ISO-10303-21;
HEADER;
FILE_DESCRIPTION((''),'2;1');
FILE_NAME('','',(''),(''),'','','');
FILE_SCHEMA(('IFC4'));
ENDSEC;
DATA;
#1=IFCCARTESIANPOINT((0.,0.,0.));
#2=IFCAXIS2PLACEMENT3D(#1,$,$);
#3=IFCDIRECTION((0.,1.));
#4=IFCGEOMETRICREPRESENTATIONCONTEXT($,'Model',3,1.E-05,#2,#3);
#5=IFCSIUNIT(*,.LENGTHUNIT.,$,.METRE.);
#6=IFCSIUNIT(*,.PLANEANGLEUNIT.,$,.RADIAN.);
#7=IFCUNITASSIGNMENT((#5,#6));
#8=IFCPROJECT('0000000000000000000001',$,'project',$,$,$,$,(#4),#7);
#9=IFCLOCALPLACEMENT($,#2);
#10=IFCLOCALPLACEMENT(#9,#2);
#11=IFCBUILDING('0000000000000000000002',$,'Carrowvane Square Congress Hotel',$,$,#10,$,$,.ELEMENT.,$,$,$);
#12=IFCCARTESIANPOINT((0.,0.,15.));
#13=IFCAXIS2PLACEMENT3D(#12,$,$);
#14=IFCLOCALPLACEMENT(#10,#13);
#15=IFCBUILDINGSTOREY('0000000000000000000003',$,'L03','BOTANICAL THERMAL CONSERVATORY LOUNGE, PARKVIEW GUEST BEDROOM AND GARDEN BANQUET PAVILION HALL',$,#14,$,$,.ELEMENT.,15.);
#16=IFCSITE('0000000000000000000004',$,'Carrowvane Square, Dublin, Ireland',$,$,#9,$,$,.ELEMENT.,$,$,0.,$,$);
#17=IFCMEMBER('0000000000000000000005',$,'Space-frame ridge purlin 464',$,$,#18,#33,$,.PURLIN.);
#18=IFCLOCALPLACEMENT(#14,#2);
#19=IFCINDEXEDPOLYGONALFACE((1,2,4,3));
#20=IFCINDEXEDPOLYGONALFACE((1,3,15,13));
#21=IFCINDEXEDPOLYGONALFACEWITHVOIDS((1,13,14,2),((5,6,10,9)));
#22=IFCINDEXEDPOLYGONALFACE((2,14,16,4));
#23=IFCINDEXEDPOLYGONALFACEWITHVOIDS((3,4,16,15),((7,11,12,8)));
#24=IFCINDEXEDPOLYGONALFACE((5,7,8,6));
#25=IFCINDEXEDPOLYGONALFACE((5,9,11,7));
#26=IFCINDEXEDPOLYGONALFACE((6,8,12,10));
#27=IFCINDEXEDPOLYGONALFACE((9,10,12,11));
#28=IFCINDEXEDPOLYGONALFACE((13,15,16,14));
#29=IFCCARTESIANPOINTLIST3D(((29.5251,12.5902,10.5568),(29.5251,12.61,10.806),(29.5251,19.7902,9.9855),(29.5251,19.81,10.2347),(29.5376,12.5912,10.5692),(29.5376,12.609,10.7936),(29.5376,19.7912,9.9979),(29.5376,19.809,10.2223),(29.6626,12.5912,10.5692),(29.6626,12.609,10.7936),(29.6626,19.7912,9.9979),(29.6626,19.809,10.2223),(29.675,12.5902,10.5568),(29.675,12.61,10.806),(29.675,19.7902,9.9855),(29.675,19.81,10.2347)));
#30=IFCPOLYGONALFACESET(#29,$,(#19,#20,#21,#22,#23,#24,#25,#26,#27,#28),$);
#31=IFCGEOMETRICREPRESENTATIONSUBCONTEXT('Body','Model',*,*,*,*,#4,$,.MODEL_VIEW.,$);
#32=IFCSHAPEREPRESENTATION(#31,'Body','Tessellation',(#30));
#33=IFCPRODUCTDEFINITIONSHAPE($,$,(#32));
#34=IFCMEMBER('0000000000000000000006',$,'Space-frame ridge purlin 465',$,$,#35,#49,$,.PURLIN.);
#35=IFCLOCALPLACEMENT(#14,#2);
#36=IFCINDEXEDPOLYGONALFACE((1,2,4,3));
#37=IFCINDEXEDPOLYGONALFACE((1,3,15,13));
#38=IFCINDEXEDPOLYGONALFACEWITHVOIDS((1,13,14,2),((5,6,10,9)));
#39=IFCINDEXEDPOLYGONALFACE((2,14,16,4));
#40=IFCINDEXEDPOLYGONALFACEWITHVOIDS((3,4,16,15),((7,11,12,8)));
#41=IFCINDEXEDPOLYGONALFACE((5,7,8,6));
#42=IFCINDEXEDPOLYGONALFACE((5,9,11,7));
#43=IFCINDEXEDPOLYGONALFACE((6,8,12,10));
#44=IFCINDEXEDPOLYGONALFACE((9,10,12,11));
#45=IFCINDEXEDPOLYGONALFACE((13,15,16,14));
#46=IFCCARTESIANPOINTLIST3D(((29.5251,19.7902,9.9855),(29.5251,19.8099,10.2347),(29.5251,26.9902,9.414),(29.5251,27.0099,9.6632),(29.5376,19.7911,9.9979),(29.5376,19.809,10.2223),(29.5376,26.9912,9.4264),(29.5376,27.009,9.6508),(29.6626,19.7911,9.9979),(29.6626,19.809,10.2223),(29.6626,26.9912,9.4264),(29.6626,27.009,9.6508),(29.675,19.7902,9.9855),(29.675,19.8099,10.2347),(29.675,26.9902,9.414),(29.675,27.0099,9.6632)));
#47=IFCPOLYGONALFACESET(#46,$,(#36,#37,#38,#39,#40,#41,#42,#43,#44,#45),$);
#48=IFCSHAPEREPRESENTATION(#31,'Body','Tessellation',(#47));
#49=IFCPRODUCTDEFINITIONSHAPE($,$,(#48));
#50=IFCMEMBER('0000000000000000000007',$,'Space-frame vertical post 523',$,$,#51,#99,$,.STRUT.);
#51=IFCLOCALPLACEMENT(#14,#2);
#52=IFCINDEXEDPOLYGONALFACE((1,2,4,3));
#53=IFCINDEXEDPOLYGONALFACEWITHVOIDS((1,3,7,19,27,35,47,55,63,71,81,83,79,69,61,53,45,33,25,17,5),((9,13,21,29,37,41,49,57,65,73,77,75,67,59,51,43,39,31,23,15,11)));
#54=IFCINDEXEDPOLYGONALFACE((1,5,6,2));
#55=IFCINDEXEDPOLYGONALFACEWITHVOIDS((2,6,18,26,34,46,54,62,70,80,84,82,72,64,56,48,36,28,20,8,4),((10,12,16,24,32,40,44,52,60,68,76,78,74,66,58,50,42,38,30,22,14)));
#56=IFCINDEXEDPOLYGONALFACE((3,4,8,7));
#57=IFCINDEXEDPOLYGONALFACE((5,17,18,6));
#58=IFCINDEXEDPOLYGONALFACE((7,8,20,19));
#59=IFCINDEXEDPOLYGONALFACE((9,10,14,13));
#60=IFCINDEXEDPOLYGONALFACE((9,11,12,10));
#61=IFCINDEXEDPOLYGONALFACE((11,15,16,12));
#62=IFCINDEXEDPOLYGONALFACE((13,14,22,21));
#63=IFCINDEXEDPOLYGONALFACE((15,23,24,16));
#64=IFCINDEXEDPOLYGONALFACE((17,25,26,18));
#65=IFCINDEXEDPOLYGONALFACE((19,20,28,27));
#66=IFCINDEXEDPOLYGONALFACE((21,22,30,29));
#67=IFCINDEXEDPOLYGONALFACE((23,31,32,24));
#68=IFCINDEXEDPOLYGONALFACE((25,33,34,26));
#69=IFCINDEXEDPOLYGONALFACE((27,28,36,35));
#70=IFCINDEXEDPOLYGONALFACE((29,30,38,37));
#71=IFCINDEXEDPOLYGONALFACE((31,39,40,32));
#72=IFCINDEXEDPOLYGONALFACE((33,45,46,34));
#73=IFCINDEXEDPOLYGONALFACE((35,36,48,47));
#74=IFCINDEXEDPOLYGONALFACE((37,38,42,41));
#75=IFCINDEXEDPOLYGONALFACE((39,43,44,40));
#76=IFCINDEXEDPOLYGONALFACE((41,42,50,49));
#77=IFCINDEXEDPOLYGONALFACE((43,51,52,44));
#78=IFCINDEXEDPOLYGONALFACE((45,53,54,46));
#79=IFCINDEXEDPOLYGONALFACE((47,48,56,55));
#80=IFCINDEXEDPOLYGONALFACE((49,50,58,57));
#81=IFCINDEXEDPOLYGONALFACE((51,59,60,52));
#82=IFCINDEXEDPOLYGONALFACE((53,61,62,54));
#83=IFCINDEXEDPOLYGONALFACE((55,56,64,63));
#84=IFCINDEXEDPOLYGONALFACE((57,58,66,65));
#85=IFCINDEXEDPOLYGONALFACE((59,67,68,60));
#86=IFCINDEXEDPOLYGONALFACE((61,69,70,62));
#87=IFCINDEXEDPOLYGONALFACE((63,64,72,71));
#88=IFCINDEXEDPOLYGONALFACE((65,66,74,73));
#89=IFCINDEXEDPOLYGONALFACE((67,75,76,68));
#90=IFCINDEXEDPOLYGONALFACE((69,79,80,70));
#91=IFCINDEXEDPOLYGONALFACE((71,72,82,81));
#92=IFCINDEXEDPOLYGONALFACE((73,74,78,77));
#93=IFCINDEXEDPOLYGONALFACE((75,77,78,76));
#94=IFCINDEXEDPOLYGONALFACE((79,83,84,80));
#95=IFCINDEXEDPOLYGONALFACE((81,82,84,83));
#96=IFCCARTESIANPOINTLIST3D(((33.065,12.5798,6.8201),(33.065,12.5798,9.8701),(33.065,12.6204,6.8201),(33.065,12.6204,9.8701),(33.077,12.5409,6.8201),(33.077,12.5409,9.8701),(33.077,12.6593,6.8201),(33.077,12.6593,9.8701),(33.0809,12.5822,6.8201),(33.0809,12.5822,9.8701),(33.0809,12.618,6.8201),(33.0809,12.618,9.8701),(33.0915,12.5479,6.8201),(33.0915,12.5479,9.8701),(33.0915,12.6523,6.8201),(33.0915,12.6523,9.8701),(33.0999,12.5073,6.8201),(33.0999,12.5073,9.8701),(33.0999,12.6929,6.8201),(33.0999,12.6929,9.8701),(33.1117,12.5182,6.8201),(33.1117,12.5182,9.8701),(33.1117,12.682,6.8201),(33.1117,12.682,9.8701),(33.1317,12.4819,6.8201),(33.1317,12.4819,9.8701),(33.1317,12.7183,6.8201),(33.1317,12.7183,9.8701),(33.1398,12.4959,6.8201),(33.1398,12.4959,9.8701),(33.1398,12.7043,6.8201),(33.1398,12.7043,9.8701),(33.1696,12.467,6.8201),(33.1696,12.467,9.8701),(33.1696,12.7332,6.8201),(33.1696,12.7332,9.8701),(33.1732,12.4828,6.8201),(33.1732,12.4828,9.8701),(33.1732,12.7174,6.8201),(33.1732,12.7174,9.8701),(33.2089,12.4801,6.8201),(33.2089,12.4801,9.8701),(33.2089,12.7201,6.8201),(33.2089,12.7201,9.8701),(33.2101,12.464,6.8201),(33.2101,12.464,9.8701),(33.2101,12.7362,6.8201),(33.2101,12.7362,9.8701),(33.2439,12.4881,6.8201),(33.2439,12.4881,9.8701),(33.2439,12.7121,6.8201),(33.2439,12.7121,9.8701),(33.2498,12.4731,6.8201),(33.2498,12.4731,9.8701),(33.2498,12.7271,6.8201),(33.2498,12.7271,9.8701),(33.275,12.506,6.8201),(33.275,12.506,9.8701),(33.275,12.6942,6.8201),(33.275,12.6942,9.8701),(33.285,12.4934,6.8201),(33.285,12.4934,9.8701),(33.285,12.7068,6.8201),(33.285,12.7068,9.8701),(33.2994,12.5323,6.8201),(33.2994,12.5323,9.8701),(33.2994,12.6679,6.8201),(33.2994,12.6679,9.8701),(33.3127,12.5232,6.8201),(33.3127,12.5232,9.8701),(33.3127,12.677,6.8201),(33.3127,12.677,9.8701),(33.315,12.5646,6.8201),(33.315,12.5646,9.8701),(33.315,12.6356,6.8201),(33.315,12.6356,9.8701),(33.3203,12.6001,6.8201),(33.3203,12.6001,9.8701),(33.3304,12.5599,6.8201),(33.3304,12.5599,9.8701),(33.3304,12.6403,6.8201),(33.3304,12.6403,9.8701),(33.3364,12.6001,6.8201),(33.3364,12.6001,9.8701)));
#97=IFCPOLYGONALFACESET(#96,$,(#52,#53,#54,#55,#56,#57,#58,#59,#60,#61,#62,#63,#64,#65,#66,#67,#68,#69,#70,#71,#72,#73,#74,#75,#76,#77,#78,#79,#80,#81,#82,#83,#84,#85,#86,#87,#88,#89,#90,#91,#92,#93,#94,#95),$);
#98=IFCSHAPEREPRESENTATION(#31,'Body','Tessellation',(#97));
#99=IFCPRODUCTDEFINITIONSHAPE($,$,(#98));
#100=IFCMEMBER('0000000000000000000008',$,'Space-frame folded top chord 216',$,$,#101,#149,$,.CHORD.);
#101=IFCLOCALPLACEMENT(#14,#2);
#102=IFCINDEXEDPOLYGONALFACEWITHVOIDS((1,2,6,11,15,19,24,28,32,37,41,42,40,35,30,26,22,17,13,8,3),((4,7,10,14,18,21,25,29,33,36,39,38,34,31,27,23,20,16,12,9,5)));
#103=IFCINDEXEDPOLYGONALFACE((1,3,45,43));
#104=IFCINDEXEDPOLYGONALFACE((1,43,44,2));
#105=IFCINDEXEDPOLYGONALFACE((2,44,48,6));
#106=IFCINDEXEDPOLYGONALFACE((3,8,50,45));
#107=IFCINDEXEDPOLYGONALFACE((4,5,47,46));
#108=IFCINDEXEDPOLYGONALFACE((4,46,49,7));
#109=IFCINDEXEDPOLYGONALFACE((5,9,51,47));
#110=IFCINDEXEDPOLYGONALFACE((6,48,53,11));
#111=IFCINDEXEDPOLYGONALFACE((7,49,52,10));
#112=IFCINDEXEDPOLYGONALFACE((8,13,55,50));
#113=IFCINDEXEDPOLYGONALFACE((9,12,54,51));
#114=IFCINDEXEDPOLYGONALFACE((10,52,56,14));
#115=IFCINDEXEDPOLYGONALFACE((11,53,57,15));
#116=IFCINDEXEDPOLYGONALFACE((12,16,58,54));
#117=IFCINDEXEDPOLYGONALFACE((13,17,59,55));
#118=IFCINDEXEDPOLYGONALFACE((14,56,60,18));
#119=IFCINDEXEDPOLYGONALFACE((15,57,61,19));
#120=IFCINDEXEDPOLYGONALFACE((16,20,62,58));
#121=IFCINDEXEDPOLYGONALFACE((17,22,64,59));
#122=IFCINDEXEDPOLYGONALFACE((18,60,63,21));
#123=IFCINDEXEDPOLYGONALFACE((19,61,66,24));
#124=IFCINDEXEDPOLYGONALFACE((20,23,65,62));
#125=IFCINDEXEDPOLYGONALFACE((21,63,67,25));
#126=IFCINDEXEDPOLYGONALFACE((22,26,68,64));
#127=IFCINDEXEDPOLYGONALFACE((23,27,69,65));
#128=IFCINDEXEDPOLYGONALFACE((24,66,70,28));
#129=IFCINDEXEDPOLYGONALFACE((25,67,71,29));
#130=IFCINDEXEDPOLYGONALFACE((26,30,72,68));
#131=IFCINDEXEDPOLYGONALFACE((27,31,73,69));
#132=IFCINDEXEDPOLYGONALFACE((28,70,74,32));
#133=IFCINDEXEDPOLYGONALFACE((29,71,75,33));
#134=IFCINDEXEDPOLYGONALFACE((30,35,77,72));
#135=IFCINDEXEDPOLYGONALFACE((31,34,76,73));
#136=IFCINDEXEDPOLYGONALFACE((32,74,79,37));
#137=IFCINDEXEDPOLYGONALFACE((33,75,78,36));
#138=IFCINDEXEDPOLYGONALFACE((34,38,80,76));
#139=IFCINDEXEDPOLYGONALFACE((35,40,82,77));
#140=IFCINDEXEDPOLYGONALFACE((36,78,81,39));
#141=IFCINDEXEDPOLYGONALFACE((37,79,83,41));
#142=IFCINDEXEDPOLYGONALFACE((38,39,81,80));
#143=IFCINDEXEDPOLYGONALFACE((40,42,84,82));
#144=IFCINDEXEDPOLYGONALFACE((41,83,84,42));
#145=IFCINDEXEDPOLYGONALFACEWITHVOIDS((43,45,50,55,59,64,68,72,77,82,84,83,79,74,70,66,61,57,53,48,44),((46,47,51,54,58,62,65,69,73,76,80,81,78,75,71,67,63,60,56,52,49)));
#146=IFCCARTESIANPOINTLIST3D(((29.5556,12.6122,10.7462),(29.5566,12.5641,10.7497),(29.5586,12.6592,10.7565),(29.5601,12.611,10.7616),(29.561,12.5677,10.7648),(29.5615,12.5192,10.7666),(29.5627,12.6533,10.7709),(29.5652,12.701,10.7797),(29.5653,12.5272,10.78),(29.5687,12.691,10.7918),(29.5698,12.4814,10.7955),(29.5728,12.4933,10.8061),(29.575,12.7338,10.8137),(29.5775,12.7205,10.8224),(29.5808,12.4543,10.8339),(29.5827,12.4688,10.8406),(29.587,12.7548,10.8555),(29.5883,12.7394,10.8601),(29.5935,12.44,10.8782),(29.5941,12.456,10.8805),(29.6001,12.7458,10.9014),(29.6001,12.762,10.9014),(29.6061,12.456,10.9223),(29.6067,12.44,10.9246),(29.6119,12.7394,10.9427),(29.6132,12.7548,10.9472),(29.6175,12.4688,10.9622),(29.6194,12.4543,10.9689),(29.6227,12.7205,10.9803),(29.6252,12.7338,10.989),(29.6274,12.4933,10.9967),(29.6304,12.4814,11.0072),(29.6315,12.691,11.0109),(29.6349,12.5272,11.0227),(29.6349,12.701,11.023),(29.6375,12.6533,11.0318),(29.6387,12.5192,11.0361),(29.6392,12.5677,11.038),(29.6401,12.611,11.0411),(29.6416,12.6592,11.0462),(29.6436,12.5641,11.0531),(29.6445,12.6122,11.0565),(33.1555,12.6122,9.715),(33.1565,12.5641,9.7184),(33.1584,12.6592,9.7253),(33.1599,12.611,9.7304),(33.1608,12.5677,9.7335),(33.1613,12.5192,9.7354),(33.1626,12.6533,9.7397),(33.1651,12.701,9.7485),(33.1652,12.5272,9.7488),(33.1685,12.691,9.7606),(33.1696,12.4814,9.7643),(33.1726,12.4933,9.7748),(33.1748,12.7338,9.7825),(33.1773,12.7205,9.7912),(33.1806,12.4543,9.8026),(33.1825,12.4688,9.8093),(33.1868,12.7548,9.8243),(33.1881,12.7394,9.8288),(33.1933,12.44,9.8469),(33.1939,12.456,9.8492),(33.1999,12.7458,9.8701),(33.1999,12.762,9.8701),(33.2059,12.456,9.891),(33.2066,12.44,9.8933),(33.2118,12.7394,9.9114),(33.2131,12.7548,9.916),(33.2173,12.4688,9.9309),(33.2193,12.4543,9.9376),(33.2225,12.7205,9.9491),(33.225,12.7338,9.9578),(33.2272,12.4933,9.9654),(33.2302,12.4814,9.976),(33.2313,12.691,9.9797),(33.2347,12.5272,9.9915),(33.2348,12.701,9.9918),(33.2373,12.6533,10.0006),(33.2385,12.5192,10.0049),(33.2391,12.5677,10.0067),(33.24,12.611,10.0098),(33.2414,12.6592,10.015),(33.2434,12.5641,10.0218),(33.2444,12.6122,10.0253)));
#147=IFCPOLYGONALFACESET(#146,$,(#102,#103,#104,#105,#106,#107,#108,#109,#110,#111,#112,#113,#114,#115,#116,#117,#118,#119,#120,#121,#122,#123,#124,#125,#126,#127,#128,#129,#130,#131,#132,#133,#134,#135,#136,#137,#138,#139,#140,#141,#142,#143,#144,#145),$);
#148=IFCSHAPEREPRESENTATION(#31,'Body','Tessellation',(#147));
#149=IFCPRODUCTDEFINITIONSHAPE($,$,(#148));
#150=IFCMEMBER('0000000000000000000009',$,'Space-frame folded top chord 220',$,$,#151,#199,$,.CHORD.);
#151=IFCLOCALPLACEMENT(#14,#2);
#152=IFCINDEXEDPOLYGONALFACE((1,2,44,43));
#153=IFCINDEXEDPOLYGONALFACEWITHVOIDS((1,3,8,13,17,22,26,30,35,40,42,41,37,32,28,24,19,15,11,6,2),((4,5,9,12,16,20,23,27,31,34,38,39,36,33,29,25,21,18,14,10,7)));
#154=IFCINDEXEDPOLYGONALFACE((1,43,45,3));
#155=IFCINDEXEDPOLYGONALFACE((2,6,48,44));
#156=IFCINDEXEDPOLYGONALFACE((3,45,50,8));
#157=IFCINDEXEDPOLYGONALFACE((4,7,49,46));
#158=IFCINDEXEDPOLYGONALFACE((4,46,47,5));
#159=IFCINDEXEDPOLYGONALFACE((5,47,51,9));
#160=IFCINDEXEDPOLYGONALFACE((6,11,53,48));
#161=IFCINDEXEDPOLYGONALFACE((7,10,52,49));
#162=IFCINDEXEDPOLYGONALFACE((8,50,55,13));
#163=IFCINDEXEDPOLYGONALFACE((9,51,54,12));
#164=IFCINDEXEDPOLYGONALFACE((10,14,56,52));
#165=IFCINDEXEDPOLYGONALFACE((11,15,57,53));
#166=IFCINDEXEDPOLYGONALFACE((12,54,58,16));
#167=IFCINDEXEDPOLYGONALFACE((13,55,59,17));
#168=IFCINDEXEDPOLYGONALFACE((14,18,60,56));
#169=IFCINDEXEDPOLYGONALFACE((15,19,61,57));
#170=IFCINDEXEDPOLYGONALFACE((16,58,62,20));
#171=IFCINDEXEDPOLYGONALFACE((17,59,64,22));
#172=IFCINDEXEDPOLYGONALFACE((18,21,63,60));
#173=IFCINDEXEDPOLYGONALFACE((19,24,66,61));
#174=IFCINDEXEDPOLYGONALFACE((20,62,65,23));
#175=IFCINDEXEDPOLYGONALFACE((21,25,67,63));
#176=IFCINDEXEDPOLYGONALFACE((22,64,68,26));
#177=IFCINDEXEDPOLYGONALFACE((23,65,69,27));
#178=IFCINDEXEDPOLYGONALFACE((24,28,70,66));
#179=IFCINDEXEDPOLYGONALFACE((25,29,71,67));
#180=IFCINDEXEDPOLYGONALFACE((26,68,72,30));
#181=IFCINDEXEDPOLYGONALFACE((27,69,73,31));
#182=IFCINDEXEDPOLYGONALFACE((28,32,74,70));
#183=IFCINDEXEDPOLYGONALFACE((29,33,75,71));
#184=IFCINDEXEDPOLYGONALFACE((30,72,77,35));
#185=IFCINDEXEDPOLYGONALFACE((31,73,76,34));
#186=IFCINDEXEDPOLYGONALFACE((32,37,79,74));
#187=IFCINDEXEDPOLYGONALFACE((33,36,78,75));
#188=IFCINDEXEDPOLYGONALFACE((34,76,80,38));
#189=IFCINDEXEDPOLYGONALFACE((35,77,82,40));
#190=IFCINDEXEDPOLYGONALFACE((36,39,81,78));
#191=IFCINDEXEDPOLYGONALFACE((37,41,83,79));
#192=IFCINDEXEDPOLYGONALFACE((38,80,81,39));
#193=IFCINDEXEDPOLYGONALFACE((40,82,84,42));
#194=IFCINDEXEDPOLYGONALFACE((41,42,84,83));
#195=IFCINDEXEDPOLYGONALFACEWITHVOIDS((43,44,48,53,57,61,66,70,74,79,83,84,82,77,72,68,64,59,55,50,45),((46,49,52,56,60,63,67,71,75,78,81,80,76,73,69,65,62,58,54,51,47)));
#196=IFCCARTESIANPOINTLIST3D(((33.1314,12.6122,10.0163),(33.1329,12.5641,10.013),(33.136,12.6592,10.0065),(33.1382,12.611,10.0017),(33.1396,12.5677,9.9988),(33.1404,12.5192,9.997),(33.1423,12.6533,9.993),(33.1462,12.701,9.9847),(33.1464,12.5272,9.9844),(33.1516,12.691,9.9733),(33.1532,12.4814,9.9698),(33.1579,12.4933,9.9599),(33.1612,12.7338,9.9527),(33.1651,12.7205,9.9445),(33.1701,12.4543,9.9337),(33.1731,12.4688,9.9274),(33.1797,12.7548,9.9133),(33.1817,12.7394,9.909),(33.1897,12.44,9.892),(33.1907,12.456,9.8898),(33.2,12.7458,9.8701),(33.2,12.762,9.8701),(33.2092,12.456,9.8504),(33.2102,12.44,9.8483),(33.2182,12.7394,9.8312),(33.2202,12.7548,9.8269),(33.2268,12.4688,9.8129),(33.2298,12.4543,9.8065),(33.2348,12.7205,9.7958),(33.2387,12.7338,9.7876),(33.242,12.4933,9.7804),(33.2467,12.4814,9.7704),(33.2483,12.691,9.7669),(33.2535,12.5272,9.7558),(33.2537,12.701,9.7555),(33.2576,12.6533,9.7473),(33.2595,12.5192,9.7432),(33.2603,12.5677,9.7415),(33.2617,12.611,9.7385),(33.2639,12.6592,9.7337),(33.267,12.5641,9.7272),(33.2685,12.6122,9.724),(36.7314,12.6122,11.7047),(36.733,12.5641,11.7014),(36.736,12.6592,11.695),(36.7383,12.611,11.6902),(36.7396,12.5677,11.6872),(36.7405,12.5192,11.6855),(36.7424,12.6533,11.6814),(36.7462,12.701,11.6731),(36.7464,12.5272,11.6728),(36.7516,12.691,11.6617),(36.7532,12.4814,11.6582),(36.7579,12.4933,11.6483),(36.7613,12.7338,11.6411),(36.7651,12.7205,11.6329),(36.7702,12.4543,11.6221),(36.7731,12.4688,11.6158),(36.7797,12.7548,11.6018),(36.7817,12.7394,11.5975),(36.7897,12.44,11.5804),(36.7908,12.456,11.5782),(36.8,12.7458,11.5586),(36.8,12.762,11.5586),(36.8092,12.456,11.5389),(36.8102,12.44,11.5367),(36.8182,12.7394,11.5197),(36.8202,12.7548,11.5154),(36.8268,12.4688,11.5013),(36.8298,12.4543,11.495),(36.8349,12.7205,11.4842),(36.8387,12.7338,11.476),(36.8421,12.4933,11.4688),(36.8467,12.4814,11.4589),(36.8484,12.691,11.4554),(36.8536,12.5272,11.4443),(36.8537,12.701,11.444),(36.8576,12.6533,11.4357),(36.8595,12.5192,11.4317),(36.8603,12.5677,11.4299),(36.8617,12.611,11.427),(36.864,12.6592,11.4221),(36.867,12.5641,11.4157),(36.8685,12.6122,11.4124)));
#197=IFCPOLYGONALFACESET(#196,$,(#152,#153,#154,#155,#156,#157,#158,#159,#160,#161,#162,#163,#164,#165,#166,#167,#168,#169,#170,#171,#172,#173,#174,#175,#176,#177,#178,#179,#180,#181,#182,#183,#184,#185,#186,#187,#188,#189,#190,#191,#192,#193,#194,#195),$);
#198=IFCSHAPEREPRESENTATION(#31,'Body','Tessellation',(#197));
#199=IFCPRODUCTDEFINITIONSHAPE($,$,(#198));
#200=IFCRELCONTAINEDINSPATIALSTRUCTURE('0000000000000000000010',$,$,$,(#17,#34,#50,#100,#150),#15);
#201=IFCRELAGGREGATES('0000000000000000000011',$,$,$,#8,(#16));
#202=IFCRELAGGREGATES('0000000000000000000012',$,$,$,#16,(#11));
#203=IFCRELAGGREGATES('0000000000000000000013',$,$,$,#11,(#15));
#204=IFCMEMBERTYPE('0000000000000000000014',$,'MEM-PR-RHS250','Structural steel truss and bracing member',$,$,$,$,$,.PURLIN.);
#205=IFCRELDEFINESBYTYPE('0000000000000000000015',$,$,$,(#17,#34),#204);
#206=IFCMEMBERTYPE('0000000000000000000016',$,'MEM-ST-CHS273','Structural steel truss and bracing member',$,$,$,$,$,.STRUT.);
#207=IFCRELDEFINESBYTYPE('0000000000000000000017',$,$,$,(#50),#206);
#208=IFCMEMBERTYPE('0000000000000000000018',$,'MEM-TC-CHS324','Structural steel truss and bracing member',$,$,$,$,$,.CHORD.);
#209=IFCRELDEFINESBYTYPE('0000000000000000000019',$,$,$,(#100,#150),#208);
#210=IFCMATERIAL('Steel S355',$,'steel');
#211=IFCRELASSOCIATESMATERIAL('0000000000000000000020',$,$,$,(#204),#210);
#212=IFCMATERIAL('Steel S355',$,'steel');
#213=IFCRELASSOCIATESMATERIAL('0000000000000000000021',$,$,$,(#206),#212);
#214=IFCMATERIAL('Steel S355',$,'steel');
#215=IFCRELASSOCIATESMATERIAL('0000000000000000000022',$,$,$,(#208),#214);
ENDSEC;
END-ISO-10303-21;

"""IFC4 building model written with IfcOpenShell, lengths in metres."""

from ifc_helpers import new_model, si_unit, direction, frame, origin, origin_2d, place, context, subcontext, project, spatial, hollow_rectangle, hollow_circle, extrude, material, material_profile, profile_set, type_object, element, save


model = new_model("IFC4")

# Units and contexts
model_context = context("Model", 3, precision=1e-05, world=origin(), true_north=direction((0.0, 1.0)))
body_context = subcontext(model_context, "Body", "Model", "MODEL_VIEW")
ifc_project = project(units=[si_unit("LENGTHUNIT", "METRE"), si_unit("PLANEANGLEUNIT", "RADIAN")], contexts=[model_context])

# Site, building, storey
site_placement = place(None, origin())
site = spatial("IfcSite", under=ifc_project, at=site_placement, Name="Carrowvane Square, Dublin, Ireland", CompositionType="ELEMENT", RefElevation=0.0)
building_placement = place(site_placement, origin())
building = spatial("IfcBuilding", under=site, at=building_placement, Name="Carrowvane Square Congress Hotel", CompositionType="ELEMENT")
storey_placement = place(building_placement, frame((0.0, 0.0, 15.0)))
storey = spatial("IfcBuildingStorey", under=building, at=storey_placement, Name="L03", Description="BOTANICAL THERMAL CONSERVATORY LOUNGE, PARKVIEW GUEST BEDROOM AND GARDEN BANQUET PAVILION HALL", CompositionType="ELEMENT", Elevation=15.0)

# Members
ifc_material_1 = material(Name="Steel S355", Category="steel")
ifc_material_profile_1 = material_profile(ifc_material_1, hollow_rectangle(XDim=0.1499, YDim=0.25, WallThickness=0.0125, at=origin_2d()), Name="RHS 250x150x12.5")
ifc_profile_set_1 = profile_set([ifc_material_profile_1], Name="Steel S355")
member_type_1 = type_object("IfcMemberType", Name="MEM-PR-RHS250", Description="Structural steel truss and bracing member", PredefinedType="PURLIN", material=ifc_profile_set_1)
for number, where, z_axis, x_axis, name in (
    (1, (29.6001, 12.6001, 10.6814), (0.0, 0.996867, -0.079098), (-1.0, 0.0, 0.0), "Space-frame ridge purlin 464"),
    (2, (29.6001, 19.8, 10.1101), (0.0, 0.996864, -0.079131), (-1.0, 0.0, 0.0), "Space-frame ridge purlin 465"),
):
    element("IfcMember", number, at=place(storey_placement, frame(where, z_axis=z_axis, x_axis=x_axis)), inside=storey, type_object=member_type_1, Name=name, PredefinedType="PURLIN", context=body_context, shape_type="SweptSolid", body=[
        extrude(hollow_rectangle(XDim=0.1499, YDim=0.25, WallThickness=0.0125, at=origin_2d()), origin(), (0.0, 0.0, 1.0), 7.2227),
    ])
ifc_material_2 = material(Name="Steel S355", Category="steel")
ifc_material_profile_2 = material_profile(ifc_material_2, hollow_circle(Radius=0.1365, WallThickness=0.0161, at=origin_2d()), Name="CHS 273.0x16")
ifc_profile_set_2 = profile_set([ifc_material_profile_2], Name="Steel S355")
member_type_2 = type_object("IfcMemberType", Name="MEM-ST-CHS273", Description="Structural steel truss and bracing member", PredefinedType="STRUT", material=ifc_profile_set_2)
member_1_placement = place(storey_placement, frame((33.2, 12.6001, 6.8201), z_axis=(0.0, 0.0, 1.0), x_axis=(1.0, 0.0, 0.0)))
element("IfcMember", 3, at=member_1_placement, inside=storey, type_object=member_type_2, Name="Space-frame vertical post 523", PredefinedType="STRUT", context=body_context, shape_type="SweptSolid", body=[
    extrude(hollow_circle(Radius=0.1365, WallThickness=0.0161, at=origin_2d()), origin(), (0.0, 0.0, 1.0), 3.05),
])
ifc_material_3 = material(Name="Steel S355", Category="steel")
ifc_material_profile_3 = material_profile(ifc_material_3, hollow_circle(Radius=0.1619, WallThickness=0.0161, at=origin_2d()), Name="CHS 323.9x16")
ifc_profile_set_3 = profile_set([ifc_material_profile_3], Name="Steel S355")
member_type_3 = type_object("IfcMemberType", Name="MEM-TC-CHS324", Description="Structural steel truss and bracing member", PredefinedType="CHORD", material=ifc_profile_set_3)
member_2_placement = place(storey_placement, frame((29.6001, 12.6001, 10.9014), z_axis=(0.961332, 0.0, -0.275393), x_axis=(0.0, 1.0, 0.0)))
element("IfcMember", 4, at=member_2_placement, inside=storey, type_object=member_type_3, Name="Space-frame folded top chord 216", PredefinedType="CHORD", context=body_context, shape_type="SweptSolid", body=[
    extrude(hollow_circle(Radius=0.1619, WallThickness=0.0161, at=origin_2d()), origin(), (0.0, 0.0, 1.0), 3.7446),
])
member_3_placement = place(storey_placement, frame((33.2, 12.6001, 9.8701), z_axis=(0.905369, 0.0, 0.424626), x_axis=(0.0, 1.0, 0.0)))
element("IfcMember", 5, at=member_3_placement, inside=storey, type_object=member_type_3, Name="Space-frame folded top chord 220", PredefinedType="CHORD", context=body_context, shape_type="SweptSolid", body=[
    extrude(hollow_circle(Radius=0.1619, WallThickness=0.0161, at=origin_2d()), origin(), (0.0, 0.0, 1.0), 3.9763),
])

save(model, "model.ifc")
